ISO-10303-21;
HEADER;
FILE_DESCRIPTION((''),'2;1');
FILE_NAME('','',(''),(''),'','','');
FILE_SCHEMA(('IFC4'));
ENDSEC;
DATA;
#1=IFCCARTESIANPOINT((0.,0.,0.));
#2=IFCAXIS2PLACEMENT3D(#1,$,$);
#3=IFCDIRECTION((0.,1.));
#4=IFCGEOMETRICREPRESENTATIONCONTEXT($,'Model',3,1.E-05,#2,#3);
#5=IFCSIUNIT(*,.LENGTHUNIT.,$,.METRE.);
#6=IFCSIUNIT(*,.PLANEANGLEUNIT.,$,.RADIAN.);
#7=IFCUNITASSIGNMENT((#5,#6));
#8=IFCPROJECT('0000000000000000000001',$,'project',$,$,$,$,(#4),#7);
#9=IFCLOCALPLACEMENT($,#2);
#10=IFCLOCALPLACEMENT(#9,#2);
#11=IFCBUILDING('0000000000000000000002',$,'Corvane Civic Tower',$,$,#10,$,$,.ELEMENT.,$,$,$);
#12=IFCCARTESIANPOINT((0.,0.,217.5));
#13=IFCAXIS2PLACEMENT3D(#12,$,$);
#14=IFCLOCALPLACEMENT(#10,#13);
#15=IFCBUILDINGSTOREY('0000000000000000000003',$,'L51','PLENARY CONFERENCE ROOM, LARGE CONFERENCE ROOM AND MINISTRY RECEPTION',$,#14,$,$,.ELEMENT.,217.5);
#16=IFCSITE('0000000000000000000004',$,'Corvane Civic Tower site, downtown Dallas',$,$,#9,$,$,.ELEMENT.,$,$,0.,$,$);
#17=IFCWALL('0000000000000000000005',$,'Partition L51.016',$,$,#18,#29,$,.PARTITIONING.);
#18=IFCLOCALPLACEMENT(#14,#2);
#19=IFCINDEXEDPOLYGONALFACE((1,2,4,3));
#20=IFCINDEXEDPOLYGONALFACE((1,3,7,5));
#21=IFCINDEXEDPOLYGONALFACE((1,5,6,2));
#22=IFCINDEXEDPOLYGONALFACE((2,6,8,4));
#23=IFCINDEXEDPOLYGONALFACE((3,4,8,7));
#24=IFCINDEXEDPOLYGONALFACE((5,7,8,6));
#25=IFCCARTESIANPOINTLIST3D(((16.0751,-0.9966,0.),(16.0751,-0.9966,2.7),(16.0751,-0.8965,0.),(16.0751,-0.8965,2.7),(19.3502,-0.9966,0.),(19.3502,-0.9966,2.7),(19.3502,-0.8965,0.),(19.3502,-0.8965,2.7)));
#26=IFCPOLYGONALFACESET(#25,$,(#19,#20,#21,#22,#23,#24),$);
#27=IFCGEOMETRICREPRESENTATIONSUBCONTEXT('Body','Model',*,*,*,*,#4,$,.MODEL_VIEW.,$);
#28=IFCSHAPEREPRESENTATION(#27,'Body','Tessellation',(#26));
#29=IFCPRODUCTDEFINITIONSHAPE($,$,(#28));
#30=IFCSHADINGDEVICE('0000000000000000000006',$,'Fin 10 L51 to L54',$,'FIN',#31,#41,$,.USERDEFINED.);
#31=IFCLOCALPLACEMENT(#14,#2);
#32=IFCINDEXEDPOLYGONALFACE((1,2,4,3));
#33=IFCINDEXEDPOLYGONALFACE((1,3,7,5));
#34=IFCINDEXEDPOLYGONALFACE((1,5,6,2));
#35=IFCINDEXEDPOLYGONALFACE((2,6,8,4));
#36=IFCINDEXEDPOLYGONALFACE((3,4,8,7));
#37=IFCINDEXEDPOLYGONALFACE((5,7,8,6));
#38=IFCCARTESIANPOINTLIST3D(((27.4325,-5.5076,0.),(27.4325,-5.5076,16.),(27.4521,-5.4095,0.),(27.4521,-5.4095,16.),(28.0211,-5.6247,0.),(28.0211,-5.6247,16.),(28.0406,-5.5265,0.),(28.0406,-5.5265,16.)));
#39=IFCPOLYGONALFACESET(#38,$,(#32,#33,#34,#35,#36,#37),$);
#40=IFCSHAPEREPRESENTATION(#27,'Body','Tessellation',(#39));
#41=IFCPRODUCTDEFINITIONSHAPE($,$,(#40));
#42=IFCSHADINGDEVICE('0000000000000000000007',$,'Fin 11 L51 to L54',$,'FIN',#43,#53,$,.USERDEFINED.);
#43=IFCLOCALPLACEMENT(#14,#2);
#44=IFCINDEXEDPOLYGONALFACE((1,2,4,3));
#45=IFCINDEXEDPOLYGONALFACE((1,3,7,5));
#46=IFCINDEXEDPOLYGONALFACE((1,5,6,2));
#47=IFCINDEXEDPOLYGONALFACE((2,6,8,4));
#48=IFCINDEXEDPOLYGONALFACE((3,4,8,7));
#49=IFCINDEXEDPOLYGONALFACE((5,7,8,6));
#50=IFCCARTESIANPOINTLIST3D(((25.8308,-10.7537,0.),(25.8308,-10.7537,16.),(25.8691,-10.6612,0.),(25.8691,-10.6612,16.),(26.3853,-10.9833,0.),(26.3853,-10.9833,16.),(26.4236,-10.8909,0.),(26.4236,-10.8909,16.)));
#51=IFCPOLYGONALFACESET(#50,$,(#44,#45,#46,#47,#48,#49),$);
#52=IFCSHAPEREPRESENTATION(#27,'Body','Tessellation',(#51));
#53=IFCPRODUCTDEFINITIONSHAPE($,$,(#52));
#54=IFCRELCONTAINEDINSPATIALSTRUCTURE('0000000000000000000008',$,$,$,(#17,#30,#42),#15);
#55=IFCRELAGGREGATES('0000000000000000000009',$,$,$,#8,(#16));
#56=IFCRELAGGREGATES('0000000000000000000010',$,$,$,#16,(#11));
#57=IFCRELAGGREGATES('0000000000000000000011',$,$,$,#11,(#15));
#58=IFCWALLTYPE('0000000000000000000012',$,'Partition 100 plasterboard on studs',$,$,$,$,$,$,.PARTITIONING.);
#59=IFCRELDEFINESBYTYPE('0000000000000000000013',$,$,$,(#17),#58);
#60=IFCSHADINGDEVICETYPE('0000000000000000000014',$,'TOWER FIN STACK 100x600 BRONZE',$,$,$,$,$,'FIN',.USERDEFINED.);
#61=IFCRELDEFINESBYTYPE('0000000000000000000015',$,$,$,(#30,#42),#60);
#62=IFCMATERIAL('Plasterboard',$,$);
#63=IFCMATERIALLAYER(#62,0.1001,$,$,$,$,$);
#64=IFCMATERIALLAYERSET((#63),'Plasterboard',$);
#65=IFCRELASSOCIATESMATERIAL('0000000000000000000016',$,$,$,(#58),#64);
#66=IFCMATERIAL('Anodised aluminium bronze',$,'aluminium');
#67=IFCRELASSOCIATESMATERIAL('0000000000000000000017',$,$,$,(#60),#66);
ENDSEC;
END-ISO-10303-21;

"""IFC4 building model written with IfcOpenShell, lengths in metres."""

from ifc_helpers import new_model, si_unit, direction, frame, frame_2d, origin, origin_2d, place, context, subcontext, project, spatial, rectangle, extrude, material, layer, layer_set, material_profile, profile_set, type_object, element, save


model = new_model("IFC4")

# Units and contexts
model_context = context("Model", 3, precision=1e-05, world=origin(), true_north=direction((0.0, 1.0)))
body_context = subcontext(model_context, "Body", "Model", "MODEL_VIEW")
ifc_project = project(units=[si_unit("LENGTHUNIT", "METRE"), si_unit("PLANEANGLEUNIT", "RADIAN")], contexts=[model_context])

# Site, building, storey
site_placement = place(None, origin())
site = spatial("IfcSite", under=ifc_project, at=site_placement, Name="Corvane Civic Tower site, downtown Dallas", CompositionType="ELEMENT", RefElevation=0.0)
building_placement = place(site_placement, origin())
building = spatial("IfcBuilding", under=site, at=building_placement, Name="Corvane Civic Tower", CompositionType="ELEMENT")
storey_placement = place(building_placement, frame((0.0, 0.0, 217.5)))
storey = spatial("IfcBuildingStorey", under=building, at=storey_placement, Name="L51", Description="PLENARY CONFERENCE ROOM, LARGE CONFERENCE ROOM AND MINISTRY RECEPTION", CompositionType="ELEMENT", Elevation=217.5)

# Wall
ifc_material_1 = material(Name="Plasterboard")
ifc_layer_1 = layer(ifc_material_1, 0.1001)
ifc_layer_set_1 = layer_set([ifc_layer_1], Name="Plasterboard")
wall_type = type_object("IfcWallType", Name="Partition 100 plasterboard on studs", PredefinedType="PARTITIONING", material=ifc_layer_set_1)
wall_1_placement = place(storey_placement, frame((16.075, -0.9465, 0.0), z_axis=(0.0, 0.0, 1.0), x_axis=(1.0, 0.0, 0.0)))
element("IfcWall", 1, at=wall_1_placement, inside=storey, type_object=wall_type, Name="Partition L51.016", PredefinedType="PARTITIONING", context=body_context, shape_type="SweptSolid", body=[
    extrude(rectangle(XDim=3.2751, YDim=0.1001, at=frame_2d((1.6377, 0.0))), origin(), (0.0, 0.0, 1.0), 2.7),
])

# Shading devices
ifc_material_2 = material(Name="Anodised aluminium bronze", Category="aluminium")
ifc_material_profile_1 = material_profile(ifc_material_2, rectangle(XDim=0.1001, YDim=0.6001, at=origin_2d()), Name="TOWER FIN STACK 100x600 BRONZE")
ifc_profile_set_1 = profile_set([ifc_material_profile_1], Name="Anodised aluminium bronze")
shading_device_type = type_object("IfcShadingDeviceType", Name="TOWER FIN STACK 100x600 BRONZE", ElementType="FIN", PredefinedType="USERDEFINED", material=ifc_profile_set_1)
for number, where, z_axis, x_axis, name in (
    (2, (27.7366, -5.5171, 0.0), (0.0, 0.0, 1.0), (-0.19509, -0.980785, 0.0), "Fin 10 L51 to L54"),
    (3, (26.1272, -10.8223, 0.0), (0.0, 0.0, 1.0), (-0.382683, -0.92388, 0.0), "Fin 11 L51 to L54"),
):
    element("IfcShadingDevice", number, at=place(storey_placement, frame(where, z_axis=z_axis, x_axis=x_axis)), inside=storey, type_object=shading_device_type, Name=name, ObjectType="FIN", PredefinedType="USERDEFINED", context=body_context, shape_type="SweptSolid", body=[
        extrude(rectangle(XDim=0.1001, YDim=0.6001, at=origin_2d()), origin(), (0.0, 0.0, 1.0), 16.0),
    ])

save(model, "model.ifc")
